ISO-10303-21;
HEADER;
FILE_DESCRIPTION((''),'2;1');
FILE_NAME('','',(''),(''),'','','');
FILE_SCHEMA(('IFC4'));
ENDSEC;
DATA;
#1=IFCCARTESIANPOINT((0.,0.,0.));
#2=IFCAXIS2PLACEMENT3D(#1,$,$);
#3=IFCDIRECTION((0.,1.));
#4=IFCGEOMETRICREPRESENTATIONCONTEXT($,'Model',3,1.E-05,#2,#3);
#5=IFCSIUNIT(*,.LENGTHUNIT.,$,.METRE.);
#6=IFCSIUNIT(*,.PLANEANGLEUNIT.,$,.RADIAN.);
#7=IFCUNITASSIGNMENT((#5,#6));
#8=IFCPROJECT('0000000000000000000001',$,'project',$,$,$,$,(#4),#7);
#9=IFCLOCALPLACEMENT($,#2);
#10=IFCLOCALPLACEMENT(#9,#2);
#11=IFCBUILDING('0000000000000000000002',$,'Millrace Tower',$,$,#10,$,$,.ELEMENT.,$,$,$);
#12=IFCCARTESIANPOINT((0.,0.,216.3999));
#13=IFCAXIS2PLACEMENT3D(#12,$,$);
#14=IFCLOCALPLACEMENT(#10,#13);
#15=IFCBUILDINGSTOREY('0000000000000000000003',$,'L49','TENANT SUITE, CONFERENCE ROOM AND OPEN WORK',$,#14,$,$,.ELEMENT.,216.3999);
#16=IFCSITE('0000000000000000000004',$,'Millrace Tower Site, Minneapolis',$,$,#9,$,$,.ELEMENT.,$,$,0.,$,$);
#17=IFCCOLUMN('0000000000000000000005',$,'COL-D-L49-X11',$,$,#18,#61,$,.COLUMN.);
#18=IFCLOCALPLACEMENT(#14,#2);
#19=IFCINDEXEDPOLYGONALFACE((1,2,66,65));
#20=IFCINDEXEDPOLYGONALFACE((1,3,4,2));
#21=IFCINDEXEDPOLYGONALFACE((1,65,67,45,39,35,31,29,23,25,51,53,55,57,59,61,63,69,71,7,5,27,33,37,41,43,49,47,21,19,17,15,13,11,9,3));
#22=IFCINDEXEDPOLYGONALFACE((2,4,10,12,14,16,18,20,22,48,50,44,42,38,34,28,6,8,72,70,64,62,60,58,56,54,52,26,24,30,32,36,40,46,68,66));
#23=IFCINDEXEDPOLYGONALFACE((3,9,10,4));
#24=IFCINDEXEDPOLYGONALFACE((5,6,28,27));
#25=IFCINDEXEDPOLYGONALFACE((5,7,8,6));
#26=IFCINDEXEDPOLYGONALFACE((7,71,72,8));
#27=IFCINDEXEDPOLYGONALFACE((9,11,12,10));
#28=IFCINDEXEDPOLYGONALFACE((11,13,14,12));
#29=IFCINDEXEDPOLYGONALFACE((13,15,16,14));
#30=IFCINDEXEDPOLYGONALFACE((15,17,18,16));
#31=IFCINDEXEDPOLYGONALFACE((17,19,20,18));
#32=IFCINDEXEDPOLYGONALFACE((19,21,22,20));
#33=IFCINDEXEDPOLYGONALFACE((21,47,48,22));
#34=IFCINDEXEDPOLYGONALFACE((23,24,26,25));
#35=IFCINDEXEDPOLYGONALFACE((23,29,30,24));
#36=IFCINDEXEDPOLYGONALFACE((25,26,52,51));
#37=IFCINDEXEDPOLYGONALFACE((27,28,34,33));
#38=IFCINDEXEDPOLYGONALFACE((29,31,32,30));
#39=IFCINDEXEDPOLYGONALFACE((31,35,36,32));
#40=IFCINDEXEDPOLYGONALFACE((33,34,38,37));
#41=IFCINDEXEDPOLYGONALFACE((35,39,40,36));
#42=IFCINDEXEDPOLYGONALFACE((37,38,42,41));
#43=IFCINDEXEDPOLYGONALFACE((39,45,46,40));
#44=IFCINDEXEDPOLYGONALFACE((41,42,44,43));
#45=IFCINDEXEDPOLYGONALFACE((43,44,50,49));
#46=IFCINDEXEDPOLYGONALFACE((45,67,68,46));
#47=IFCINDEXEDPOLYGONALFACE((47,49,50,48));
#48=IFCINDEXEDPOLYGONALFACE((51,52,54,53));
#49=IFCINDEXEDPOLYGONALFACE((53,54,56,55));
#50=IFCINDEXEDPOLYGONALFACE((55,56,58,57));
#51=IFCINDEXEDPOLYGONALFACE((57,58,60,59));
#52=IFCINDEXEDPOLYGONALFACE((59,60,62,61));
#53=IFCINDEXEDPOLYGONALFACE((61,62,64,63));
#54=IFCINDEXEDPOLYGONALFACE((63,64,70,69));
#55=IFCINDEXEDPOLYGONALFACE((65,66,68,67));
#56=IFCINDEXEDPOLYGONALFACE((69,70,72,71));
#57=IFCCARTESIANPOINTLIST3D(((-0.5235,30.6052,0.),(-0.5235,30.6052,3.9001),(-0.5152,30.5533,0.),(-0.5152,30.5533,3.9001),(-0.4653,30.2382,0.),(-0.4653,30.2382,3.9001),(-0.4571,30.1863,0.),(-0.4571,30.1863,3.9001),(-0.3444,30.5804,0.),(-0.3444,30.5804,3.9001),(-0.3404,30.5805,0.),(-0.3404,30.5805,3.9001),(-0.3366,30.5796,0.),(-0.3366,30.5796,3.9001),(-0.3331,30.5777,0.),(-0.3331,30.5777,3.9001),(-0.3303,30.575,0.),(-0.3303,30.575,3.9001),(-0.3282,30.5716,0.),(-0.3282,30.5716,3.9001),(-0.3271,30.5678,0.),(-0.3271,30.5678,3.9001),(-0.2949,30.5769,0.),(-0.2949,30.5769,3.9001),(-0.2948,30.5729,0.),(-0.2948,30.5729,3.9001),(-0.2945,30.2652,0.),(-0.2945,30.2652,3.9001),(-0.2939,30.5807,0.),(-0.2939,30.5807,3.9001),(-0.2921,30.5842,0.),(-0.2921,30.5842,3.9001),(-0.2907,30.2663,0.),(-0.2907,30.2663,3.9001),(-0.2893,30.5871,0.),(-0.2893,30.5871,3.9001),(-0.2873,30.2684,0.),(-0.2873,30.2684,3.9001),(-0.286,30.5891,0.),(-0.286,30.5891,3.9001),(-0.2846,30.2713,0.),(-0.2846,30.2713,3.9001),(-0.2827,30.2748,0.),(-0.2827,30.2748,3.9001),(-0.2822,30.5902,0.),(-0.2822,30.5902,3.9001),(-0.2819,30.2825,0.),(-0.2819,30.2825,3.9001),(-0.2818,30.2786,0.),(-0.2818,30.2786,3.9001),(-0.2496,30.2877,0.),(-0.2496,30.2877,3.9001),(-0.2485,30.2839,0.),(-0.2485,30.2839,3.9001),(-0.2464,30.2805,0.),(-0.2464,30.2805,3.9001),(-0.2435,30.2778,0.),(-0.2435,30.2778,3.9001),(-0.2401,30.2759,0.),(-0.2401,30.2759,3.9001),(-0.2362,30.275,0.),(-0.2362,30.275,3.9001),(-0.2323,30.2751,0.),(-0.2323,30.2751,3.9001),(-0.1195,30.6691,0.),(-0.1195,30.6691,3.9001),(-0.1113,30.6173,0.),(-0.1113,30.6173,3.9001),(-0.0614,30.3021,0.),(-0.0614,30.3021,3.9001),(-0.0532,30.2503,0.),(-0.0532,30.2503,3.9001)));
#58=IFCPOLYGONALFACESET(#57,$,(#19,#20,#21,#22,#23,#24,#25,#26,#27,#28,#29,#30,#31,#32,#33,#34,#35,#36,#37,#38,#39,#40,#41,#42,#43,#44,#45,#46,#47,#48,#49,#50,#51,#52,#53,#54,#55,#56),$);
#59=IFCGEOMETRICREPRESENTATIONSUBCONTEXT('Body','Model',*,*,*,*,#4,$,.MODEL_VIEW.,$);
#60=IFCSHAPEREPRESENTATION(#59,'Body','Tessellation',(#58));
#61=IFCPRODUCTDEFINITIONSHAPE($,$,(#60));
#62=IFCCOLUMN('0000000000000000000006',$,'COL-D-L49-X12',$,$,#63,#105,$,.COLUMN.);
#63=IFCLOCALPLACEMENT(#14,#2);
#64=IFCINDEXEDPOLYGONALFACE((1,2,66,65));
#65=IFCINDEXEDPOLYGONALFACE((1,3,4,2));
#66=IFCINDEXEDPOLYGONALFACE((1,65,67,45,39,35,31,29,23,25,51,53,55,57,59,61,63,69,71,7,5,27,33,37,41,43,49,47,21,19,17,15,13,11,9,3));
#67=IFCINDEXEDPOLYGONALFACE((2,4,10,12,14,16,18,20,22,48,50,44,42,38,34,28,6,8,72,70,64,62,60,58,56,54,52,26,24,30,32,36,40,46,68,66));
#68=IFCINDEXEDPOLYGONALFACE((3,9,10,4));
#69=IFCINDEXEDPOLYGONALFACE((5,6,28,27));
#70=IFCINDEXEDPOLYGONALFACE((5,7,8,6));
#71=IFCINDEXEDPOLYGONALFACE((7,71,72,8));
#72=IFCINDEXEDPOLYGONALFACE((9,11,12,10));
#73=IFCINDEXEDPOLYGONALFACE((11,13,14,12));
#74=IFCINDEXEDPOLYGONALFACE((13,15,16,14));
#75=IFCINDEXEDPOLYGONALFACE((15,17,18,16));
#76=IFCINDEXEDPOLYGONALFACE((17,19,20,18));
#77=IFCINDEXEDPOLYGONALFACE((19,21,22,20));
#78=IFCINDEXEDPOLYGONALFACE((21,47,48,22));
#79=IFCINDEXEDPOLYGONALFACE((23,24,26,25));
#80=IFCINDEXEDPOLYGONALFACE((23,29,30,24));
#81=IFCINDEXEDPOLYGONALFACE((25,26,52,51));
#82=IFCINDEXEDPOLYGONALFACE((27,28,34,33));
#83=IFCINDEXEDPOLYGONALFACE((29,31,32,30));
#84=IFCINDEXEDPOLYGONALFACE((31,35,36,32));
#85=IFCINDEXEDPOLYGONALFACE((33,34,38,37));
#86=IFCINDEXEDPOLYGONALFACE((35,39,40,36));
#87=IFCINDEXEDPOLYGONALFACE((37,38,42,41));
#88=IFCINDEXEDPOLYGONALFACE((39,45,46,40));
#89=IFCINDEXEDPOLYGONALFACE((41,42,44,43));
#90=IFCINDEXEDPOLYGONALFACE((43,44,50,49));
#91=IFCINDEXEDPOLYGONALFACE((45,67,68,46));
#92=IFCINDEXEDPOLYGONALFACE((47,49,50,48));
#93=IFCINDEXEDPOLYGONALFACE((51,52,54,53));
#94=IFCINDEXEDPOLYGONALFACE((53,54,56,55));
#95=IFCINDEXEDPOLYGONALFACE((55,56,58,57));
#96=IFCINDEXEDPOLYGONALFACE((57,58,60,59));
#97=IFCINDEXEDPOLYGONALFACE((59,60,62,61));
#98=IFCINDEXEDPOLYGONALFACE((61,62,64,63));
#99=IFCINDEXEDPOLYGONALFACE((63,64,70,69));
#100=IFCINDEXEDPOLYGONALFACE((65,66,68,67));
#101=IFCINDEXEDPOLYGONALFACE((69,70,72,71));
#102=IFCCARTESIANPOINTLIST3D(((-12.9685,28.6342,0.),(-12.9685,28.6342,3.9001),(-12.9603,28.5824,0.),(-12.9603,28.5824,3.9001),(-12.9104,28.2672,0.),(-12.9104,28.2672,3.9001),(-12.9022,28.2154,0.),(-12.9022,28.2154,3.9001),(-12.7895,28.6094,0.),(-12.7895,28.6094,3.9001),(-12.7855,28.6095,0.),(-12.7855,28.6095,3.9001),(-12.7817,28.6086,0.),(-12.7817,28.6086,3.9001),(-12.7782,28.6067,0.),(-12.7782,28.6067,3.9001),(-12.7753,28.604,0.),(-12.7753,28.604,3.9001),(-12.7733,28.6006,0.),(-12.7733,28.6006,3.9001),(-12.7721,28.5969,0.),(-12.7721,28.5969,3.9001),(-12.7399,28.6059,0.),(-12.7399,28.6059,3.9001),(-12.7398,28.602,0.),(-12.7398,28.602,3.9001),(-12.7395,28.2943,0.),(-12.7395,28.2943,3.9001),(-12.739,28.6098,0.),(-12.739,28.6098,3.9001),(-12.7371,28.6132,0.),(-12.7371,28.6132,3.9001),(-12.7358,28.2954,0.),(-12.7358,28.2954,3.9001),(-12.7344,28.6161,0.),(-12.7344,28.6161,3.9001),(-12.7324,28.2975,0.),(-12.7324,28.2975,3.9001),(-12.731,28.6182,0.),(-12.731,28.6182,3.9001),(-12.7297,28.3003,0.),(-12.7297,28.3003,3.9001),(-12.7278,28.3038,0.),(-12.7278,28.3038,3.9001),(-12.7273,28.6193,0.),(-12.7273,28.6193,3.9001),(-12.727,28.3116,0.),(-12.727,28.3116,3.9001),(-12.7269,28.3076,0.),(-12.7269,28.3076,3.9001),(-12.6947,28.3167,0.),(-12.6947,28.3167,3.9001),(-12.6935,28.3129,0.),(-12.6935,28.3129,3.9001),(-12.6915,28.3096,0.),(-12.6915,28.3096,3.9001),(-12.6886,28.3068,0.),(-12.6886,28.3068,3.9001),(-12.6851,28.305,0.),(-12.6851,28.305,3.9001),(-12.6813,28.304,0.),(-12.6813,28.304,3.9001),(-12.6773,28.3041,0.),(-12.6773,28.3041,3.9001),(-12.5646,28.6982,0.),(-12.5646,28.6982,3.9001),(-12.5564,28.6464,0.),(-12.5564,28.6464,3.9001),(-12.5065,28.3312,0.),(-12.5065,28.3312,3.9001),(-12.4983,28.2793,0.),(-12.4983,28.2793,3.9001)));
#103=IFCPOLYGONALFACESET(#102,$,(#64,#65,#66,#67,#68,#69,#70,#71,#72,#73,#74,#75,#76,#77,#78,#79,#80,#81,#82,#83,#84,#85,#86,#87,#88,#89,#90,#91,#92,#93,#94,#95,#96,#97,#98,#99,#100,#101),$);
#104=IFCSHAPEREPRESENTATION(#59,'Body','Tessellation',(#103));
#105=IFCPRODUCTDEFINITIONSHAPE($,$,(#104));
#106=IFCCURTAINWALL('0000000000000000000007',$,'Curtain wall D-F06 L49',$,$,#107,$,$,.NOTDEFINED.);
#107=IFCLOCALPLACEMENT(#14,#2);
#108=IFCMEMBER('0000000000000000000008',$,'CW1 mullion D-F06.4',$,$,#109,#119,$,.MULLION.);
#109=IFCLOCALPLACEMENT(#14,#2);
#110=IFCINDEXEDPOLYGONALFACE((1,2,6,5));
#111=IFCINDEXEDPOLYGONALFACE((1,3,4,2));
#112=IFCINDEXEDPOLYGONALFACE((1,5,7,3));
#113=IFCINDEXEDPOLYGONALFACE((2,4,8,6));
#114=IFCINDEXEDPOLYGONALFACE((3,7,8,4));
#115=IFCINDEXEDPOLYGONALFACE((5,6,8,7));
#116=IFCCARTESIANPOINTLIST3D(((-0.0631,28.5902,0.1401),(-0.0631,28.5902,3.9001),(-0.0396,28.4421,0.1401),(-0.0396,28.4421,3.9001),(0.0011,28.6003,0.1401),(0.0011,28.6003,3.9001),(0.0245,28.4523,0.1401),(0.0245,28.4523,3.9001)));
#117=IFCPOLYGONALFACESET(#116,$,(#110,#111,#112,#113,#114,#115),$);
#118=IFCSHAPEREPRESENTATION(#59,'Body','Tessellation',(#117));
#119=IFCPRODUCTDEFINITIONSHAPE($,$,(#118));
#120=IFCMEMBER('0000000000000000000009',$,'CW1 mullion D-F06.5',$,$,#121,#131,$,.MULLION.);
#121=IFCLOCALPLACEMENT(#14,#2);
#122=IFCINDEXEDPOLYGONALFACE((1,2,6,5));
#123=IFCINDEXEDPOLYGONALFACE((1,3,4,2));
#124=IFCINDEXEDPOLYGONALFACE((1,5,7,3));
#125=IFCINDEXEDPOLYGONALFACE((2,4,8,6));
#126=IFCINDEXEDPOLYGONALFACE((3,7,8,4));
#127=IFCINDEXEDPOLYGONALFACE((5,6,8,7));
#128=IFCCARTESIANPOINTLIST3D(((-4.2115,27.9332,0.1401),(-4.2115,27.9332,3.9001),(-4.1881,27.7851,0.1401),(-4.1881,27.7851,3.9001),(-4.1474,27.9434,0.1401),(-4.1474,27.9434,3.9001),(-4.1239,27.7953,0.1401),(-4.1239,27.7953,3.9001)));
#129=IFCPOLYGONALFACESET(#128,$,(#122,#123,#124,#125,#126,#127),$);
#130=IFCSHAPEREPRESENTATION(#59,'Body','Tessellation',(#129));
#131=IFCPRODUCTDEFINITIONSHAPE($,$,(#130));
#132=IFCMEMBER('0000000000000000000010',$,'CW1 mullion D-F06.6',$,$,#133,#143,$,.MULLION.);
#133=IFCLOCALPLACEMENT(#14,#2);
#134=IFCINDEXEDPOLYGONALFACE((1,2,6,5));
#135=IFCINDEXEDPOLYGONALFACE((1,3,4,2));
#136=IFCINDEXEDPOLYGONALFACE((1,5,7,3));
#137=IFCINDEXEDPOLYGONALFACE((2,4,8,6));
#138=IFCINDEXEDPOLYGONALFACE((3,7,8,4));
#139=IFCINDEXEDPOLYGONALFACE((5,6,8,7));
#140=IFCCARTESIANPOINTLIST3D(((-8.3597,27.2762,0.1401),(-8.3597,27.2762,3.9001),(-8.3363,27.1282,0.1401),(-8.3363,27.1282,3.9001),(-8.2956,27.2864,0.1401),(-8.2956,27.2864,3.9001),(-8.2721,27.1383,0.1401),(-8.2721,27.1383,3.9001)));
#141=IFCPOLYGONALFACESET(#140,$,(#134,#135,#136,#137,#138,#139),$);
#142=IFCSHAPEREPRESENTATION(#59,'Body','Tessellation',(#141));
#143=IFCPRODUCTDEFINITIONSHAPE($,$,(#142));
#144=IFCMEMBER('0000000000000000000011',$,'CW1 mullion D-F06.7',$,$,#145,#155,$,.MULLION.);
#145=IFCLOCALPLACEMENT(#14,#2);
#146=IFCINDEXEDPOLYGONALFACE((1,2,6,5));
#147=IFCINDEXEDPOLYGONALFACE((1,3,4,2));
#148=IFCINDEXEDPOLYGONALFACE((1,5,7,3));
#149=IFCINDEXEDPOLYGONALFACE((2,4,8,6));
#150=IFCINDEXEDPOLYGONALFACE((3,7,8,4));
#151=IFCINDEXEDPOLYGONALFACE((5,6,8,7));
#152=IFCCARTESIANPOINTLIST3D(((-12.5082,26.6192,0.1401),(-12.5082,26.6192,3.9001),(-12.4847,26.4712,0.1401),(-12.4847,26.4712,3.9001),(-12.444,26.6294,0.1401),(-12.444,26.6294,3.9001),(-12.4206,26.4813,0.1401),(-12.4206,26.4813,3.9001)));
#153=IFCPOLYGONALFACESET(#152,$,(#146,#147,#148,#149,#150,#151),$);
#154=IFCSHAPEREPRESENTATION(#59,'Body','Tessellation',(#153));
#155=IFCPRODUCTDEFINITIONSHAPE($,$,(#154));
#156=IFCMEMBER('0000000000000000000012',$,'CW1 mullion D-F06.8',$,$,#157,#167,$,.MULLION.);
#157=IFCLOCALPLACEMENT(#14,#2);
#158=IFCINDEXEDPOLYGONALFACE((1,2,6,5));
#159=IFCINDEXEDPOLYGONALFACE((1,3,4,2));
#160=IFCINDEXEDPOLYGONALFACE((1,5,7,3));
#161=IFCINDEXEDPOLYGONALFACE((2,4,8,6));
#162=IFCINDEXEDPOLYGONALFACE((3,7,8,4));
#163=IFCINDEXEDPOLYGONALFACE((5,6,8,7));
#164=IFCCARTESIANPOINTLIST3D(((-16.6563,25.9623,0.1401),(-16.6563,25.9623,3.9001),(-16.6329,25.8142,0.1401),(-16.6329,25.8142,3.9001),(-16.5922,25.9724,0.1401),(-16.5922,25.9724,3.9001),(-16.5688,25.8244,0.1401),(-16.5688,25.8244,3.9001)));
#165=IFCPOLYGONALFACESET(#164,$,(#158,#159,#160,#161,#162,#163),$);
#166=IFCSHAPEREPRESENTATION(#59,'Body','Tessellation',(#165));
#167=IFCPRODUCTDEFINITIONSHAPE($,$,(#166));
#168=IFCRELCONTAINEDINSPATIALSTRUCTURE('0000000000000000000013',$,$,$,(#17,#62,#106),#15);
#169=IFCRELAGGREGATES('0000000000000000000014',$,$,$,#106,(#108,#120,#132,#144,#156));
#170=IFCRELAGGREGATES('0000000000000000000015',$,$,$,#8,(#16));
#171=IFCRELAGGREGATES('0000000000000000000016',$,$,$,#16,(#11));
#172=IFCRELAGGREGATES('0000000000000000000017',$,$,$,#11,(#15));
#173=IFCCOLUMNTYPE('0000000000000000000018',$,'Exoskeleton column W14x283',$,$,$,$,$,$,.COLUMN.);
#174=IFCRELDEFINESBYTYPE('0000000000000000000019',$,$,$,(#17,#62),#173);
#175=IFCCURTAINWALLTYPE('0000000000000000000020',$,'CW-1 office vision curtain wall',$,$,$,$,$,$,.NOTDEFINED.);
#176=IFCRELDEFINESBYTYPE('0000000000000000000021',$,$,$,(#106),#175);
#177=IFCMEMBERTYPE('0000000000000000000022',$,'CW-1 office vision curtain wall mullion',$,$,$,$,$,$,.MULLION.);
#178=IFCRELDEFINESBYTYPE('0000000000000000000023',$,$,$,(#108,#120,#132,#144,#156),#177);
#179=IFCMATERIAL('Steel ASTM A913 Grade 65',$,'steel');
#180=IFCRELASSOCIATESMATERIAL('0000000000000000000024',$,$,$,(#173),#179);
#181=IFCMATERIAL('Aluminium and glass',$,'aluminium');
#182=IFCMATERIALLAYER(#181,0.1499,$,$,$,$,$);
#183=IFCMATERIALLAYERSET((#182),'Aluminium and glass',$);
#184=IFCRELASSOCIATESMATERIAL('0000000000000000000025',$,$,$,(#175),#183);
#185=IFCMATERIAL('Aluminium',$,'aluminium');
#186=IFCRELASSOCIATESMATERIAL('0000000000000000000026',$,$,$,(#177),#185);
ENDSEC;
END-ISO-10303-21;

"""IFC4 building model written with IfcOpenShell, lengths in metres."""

from ifc_helpers import new_model, si_unit, direction, frame, origin, origin_2d, place, context, subcontext, project, spatial, rectangle, i_section, extrude, material, layer, layer_set, material_profile, profile_set, type_object, element, aggregate, save


model = new_model("IFC4")

# Units and contexts
model_context = context("Model", 3, precision=1e-05, world=origin(), true_north=direction((0.0, 1.0)))
body_context = subcontext(model_context, "Body", "Model", "MODEL_VIEW")
ifc_project = project(units=[si_unit("LENGTHUNIT", "METRE"), si_unit("PLANEANGLEUNIT", "RADIAN")], contexts=[model_context])

# Site, building, storey
site_placement = place(None, origin())
site = spatial("IfcSite", under=ifc_project, at=site_placement, Name="Millrace Tower Site, Minneapolis", CompositionType="ELEMENT", RefElevation=0.0)
building_placement = place(site_placement, origin())
building = spatial("IfcBuilding", under=site, at=building_placement, Name="Millrace Tower", CompositionType="ELEMENT")
storey_placement = place(building_placement, frame((0.0, 0.0, 216.3999)))
storey = spatial("IfcBuildingStorey", under=building, at=storey_placement, Name="L49", Description="TENANT SUITE, CONFERENCE ROOM AND OPEN WORK", CompositionType="ELEMENT", Elevation=216.3999)

# Columns
ifc_material_1 = material(Name="Steel ASTM A913 Grade 65", Category="steel")
ifc_material_profile_1 = material_profile(ifc_material_1, i_section(OverallWidth=0.4089, OverallDepth=0.4241, WebThickness=0.0327, FlangeThickness=0.0525, FilletRadius=0.0151, at=origin_2d()))
ifc_profile_set_1 = profile_set([ifc_material_profile_1], Name="Steel ASTM A913 Grade 65")
column_type = type_object("IfcColumnType", Name="Exoskeleton column W14x283", PredefinedType="COLUMN", material=ifc_profile_set_1)
for number, where, z_axis, x_axis, name in (
    (1, (-0.2883, 30.4277, 0.0), (0.0, 0.0, 1.0), (-0.987688, -0.156434, 0.0), "COL-D-L49-X11"),
    (2, (-12.7334, 28.4568, 0.0), (0.0, 0.0, 1.0), (-0.987688, -0.156434, 0.0), "COL-D-L49-X12"),
):
    element("IfcColumn", number, at=place(storey_placement, frame(where, z_axis=z_axis, x_axis=x_axis)), inside=storey, type_object=column_type, Name=name, PredefinedType="COLUMN", context=body_context, shape_type="SweptSolid", body=[
        extrude(i_section(OverallWidth=0.4089, OverallDepth=0.4241, WebThickness=0.0327, FlangeThickness=0.0525, FilletRadius=0.0151, at=origin_2d()), origin(), (0.0, 0.0, 1.0), 3.9001),
    ])

# Curtain wall, members
ifc_material_2 = material(Name="Aluminium and glass", Category="aluminium")
ifc_layer_1 = layer(ifc_material_2, 0.1499)
ifc_layer_set_1 = layer_set([ifc_layer_1], Name="Aluminium and glass")
curtain_wall_type = type_object("IfcCurtainWallType", Name="CW-1 office vision curtain wall", PredefinedType="NOTDEFINED", material=ifc_layer_set_1)
curtain_wall_placement = place(storey_placement, origin())
curtain_wall = element("IfcCurtainWall", 3, at=curtain_wall_placement, inside=storey, type_object=curtain_wall_type, Name="Curtain wall D-F06 L49", PredefinedType="NOTDEFINED")
ifc_material_3 = material(Name="Aluminium", Category="aluminium")
ifc_material_profile_2 = material_profile(ifc_material_3, rectangle(XDim=0.0649, YDim=0.1499, at=origin_2d()))
ifc_profile_set_2 = profile_set([ifc_material_profile_2], Name="Aluminium")
member_type = type_object("IfcMemberType", Name="CW-1 office vision curtain wall mullion", PredefinedType="MULLION", material=ifc_profile_set_2)
member_1_placement = place(storey_placement, frame((-0.0193, 28.5212, 0.1401), z_axis=(0.0, 0.0, 1.0), x_axis=(-0.987688, -0.156434, 0.0)))
member_1 = element("IfcMember", 4, at=member_1_placement, type_object=member_type, Name="CW1 mullion D-F06.4", PredefinedType="MULLION", context=body_context, shape_type="SweptSolid", body=[
    extrude(rectangle(XDim=0.0649, YDim=0.1499, at=origin_2d()), origin(), (0.0, 0.0, 1.0), 3.76),
])
member_2_placement = place(storey_placement, frame((-4.1677, 27.8643, 0.1401), z_axis=(0.0, 0.0, 1.0), x_axis=(-0.987688, -0.156434, 0.0)))
member_2 = element("IfcMember", 5, at=member_2_placement, type_object=member_type, Name="CW1 mullion D-F06.5", PredefinedType="MULLION", context=body_context, shape_type="SweptSolid", body=[
    extrude(rectangle(XDim=0.0649, YDim=0.1499, at=origin_2d()), origin(), (0.0, 0.0, 1.0), 3.76),
])
member_3_placement = place(storey_placement, frame((-8.3159, 27.2073, 0.1401), z_axis=(0.0, 0.0, 1.0), x_axis=(-0.987688, -0.156434, 0.0)))
member_3 = element("IfcMember", 6, at=member_3_placement, type_object=member_type, Name="CW1 mullion D-F06.6", PredefinedType="MULLION", context=body_context, shape_type="SweptSolid", body=[
    extrude(rectangle(XDim=0.0649, YDim=0.1499, at=origin_2d()), origin(), (0.0, 0.0, 1.0), 3.76),
])
member_4_placement = place(storey_placement, frame((-12.4644, 26.5503, 0.1401), z_axis=(0.0, 0.0, 1.0), x_axis=(-0.987688, -0.156434, 0.0)))
member_4 = element("IfcMember", 7, at=member_4_placement, type_object=member_type, Name="CW1 mullion D-F06.7", PredefinedType="MULLION", context=body_context, shape_type="SweptSolid", body=[
    extrude(rectangle(XDim=0.0649, YDim=0.1499, at=origin_2d()), origin(), (0.0, 0.0, 1.0), 3.76),
])
member_5_placement = place(storey_placement, frame((-16.6125, 25.8933, 0.1401), z_axis=(0.0, 0.0, 1.0), x_axis=(-0.987688, -0.156434, 0.0)))
member_5 = element("IfcMember", 8, at=member_5_placement, type_object=member_type, Name="CW1 mullion D-F06.8", PredefinedType="MULLION", context=body_context, shape_type="SweptSolid", body=[
    extrude(rectangle(XDim=0.0649, YDim=0.1499, at=origin_2d()), origin(), (0.0, 0.0, 1.0), 3.76),
])
aggregate(curtain_wall, [member_1, member_2, member_3, member_4, member_5])

save(model, "model.ifc")
